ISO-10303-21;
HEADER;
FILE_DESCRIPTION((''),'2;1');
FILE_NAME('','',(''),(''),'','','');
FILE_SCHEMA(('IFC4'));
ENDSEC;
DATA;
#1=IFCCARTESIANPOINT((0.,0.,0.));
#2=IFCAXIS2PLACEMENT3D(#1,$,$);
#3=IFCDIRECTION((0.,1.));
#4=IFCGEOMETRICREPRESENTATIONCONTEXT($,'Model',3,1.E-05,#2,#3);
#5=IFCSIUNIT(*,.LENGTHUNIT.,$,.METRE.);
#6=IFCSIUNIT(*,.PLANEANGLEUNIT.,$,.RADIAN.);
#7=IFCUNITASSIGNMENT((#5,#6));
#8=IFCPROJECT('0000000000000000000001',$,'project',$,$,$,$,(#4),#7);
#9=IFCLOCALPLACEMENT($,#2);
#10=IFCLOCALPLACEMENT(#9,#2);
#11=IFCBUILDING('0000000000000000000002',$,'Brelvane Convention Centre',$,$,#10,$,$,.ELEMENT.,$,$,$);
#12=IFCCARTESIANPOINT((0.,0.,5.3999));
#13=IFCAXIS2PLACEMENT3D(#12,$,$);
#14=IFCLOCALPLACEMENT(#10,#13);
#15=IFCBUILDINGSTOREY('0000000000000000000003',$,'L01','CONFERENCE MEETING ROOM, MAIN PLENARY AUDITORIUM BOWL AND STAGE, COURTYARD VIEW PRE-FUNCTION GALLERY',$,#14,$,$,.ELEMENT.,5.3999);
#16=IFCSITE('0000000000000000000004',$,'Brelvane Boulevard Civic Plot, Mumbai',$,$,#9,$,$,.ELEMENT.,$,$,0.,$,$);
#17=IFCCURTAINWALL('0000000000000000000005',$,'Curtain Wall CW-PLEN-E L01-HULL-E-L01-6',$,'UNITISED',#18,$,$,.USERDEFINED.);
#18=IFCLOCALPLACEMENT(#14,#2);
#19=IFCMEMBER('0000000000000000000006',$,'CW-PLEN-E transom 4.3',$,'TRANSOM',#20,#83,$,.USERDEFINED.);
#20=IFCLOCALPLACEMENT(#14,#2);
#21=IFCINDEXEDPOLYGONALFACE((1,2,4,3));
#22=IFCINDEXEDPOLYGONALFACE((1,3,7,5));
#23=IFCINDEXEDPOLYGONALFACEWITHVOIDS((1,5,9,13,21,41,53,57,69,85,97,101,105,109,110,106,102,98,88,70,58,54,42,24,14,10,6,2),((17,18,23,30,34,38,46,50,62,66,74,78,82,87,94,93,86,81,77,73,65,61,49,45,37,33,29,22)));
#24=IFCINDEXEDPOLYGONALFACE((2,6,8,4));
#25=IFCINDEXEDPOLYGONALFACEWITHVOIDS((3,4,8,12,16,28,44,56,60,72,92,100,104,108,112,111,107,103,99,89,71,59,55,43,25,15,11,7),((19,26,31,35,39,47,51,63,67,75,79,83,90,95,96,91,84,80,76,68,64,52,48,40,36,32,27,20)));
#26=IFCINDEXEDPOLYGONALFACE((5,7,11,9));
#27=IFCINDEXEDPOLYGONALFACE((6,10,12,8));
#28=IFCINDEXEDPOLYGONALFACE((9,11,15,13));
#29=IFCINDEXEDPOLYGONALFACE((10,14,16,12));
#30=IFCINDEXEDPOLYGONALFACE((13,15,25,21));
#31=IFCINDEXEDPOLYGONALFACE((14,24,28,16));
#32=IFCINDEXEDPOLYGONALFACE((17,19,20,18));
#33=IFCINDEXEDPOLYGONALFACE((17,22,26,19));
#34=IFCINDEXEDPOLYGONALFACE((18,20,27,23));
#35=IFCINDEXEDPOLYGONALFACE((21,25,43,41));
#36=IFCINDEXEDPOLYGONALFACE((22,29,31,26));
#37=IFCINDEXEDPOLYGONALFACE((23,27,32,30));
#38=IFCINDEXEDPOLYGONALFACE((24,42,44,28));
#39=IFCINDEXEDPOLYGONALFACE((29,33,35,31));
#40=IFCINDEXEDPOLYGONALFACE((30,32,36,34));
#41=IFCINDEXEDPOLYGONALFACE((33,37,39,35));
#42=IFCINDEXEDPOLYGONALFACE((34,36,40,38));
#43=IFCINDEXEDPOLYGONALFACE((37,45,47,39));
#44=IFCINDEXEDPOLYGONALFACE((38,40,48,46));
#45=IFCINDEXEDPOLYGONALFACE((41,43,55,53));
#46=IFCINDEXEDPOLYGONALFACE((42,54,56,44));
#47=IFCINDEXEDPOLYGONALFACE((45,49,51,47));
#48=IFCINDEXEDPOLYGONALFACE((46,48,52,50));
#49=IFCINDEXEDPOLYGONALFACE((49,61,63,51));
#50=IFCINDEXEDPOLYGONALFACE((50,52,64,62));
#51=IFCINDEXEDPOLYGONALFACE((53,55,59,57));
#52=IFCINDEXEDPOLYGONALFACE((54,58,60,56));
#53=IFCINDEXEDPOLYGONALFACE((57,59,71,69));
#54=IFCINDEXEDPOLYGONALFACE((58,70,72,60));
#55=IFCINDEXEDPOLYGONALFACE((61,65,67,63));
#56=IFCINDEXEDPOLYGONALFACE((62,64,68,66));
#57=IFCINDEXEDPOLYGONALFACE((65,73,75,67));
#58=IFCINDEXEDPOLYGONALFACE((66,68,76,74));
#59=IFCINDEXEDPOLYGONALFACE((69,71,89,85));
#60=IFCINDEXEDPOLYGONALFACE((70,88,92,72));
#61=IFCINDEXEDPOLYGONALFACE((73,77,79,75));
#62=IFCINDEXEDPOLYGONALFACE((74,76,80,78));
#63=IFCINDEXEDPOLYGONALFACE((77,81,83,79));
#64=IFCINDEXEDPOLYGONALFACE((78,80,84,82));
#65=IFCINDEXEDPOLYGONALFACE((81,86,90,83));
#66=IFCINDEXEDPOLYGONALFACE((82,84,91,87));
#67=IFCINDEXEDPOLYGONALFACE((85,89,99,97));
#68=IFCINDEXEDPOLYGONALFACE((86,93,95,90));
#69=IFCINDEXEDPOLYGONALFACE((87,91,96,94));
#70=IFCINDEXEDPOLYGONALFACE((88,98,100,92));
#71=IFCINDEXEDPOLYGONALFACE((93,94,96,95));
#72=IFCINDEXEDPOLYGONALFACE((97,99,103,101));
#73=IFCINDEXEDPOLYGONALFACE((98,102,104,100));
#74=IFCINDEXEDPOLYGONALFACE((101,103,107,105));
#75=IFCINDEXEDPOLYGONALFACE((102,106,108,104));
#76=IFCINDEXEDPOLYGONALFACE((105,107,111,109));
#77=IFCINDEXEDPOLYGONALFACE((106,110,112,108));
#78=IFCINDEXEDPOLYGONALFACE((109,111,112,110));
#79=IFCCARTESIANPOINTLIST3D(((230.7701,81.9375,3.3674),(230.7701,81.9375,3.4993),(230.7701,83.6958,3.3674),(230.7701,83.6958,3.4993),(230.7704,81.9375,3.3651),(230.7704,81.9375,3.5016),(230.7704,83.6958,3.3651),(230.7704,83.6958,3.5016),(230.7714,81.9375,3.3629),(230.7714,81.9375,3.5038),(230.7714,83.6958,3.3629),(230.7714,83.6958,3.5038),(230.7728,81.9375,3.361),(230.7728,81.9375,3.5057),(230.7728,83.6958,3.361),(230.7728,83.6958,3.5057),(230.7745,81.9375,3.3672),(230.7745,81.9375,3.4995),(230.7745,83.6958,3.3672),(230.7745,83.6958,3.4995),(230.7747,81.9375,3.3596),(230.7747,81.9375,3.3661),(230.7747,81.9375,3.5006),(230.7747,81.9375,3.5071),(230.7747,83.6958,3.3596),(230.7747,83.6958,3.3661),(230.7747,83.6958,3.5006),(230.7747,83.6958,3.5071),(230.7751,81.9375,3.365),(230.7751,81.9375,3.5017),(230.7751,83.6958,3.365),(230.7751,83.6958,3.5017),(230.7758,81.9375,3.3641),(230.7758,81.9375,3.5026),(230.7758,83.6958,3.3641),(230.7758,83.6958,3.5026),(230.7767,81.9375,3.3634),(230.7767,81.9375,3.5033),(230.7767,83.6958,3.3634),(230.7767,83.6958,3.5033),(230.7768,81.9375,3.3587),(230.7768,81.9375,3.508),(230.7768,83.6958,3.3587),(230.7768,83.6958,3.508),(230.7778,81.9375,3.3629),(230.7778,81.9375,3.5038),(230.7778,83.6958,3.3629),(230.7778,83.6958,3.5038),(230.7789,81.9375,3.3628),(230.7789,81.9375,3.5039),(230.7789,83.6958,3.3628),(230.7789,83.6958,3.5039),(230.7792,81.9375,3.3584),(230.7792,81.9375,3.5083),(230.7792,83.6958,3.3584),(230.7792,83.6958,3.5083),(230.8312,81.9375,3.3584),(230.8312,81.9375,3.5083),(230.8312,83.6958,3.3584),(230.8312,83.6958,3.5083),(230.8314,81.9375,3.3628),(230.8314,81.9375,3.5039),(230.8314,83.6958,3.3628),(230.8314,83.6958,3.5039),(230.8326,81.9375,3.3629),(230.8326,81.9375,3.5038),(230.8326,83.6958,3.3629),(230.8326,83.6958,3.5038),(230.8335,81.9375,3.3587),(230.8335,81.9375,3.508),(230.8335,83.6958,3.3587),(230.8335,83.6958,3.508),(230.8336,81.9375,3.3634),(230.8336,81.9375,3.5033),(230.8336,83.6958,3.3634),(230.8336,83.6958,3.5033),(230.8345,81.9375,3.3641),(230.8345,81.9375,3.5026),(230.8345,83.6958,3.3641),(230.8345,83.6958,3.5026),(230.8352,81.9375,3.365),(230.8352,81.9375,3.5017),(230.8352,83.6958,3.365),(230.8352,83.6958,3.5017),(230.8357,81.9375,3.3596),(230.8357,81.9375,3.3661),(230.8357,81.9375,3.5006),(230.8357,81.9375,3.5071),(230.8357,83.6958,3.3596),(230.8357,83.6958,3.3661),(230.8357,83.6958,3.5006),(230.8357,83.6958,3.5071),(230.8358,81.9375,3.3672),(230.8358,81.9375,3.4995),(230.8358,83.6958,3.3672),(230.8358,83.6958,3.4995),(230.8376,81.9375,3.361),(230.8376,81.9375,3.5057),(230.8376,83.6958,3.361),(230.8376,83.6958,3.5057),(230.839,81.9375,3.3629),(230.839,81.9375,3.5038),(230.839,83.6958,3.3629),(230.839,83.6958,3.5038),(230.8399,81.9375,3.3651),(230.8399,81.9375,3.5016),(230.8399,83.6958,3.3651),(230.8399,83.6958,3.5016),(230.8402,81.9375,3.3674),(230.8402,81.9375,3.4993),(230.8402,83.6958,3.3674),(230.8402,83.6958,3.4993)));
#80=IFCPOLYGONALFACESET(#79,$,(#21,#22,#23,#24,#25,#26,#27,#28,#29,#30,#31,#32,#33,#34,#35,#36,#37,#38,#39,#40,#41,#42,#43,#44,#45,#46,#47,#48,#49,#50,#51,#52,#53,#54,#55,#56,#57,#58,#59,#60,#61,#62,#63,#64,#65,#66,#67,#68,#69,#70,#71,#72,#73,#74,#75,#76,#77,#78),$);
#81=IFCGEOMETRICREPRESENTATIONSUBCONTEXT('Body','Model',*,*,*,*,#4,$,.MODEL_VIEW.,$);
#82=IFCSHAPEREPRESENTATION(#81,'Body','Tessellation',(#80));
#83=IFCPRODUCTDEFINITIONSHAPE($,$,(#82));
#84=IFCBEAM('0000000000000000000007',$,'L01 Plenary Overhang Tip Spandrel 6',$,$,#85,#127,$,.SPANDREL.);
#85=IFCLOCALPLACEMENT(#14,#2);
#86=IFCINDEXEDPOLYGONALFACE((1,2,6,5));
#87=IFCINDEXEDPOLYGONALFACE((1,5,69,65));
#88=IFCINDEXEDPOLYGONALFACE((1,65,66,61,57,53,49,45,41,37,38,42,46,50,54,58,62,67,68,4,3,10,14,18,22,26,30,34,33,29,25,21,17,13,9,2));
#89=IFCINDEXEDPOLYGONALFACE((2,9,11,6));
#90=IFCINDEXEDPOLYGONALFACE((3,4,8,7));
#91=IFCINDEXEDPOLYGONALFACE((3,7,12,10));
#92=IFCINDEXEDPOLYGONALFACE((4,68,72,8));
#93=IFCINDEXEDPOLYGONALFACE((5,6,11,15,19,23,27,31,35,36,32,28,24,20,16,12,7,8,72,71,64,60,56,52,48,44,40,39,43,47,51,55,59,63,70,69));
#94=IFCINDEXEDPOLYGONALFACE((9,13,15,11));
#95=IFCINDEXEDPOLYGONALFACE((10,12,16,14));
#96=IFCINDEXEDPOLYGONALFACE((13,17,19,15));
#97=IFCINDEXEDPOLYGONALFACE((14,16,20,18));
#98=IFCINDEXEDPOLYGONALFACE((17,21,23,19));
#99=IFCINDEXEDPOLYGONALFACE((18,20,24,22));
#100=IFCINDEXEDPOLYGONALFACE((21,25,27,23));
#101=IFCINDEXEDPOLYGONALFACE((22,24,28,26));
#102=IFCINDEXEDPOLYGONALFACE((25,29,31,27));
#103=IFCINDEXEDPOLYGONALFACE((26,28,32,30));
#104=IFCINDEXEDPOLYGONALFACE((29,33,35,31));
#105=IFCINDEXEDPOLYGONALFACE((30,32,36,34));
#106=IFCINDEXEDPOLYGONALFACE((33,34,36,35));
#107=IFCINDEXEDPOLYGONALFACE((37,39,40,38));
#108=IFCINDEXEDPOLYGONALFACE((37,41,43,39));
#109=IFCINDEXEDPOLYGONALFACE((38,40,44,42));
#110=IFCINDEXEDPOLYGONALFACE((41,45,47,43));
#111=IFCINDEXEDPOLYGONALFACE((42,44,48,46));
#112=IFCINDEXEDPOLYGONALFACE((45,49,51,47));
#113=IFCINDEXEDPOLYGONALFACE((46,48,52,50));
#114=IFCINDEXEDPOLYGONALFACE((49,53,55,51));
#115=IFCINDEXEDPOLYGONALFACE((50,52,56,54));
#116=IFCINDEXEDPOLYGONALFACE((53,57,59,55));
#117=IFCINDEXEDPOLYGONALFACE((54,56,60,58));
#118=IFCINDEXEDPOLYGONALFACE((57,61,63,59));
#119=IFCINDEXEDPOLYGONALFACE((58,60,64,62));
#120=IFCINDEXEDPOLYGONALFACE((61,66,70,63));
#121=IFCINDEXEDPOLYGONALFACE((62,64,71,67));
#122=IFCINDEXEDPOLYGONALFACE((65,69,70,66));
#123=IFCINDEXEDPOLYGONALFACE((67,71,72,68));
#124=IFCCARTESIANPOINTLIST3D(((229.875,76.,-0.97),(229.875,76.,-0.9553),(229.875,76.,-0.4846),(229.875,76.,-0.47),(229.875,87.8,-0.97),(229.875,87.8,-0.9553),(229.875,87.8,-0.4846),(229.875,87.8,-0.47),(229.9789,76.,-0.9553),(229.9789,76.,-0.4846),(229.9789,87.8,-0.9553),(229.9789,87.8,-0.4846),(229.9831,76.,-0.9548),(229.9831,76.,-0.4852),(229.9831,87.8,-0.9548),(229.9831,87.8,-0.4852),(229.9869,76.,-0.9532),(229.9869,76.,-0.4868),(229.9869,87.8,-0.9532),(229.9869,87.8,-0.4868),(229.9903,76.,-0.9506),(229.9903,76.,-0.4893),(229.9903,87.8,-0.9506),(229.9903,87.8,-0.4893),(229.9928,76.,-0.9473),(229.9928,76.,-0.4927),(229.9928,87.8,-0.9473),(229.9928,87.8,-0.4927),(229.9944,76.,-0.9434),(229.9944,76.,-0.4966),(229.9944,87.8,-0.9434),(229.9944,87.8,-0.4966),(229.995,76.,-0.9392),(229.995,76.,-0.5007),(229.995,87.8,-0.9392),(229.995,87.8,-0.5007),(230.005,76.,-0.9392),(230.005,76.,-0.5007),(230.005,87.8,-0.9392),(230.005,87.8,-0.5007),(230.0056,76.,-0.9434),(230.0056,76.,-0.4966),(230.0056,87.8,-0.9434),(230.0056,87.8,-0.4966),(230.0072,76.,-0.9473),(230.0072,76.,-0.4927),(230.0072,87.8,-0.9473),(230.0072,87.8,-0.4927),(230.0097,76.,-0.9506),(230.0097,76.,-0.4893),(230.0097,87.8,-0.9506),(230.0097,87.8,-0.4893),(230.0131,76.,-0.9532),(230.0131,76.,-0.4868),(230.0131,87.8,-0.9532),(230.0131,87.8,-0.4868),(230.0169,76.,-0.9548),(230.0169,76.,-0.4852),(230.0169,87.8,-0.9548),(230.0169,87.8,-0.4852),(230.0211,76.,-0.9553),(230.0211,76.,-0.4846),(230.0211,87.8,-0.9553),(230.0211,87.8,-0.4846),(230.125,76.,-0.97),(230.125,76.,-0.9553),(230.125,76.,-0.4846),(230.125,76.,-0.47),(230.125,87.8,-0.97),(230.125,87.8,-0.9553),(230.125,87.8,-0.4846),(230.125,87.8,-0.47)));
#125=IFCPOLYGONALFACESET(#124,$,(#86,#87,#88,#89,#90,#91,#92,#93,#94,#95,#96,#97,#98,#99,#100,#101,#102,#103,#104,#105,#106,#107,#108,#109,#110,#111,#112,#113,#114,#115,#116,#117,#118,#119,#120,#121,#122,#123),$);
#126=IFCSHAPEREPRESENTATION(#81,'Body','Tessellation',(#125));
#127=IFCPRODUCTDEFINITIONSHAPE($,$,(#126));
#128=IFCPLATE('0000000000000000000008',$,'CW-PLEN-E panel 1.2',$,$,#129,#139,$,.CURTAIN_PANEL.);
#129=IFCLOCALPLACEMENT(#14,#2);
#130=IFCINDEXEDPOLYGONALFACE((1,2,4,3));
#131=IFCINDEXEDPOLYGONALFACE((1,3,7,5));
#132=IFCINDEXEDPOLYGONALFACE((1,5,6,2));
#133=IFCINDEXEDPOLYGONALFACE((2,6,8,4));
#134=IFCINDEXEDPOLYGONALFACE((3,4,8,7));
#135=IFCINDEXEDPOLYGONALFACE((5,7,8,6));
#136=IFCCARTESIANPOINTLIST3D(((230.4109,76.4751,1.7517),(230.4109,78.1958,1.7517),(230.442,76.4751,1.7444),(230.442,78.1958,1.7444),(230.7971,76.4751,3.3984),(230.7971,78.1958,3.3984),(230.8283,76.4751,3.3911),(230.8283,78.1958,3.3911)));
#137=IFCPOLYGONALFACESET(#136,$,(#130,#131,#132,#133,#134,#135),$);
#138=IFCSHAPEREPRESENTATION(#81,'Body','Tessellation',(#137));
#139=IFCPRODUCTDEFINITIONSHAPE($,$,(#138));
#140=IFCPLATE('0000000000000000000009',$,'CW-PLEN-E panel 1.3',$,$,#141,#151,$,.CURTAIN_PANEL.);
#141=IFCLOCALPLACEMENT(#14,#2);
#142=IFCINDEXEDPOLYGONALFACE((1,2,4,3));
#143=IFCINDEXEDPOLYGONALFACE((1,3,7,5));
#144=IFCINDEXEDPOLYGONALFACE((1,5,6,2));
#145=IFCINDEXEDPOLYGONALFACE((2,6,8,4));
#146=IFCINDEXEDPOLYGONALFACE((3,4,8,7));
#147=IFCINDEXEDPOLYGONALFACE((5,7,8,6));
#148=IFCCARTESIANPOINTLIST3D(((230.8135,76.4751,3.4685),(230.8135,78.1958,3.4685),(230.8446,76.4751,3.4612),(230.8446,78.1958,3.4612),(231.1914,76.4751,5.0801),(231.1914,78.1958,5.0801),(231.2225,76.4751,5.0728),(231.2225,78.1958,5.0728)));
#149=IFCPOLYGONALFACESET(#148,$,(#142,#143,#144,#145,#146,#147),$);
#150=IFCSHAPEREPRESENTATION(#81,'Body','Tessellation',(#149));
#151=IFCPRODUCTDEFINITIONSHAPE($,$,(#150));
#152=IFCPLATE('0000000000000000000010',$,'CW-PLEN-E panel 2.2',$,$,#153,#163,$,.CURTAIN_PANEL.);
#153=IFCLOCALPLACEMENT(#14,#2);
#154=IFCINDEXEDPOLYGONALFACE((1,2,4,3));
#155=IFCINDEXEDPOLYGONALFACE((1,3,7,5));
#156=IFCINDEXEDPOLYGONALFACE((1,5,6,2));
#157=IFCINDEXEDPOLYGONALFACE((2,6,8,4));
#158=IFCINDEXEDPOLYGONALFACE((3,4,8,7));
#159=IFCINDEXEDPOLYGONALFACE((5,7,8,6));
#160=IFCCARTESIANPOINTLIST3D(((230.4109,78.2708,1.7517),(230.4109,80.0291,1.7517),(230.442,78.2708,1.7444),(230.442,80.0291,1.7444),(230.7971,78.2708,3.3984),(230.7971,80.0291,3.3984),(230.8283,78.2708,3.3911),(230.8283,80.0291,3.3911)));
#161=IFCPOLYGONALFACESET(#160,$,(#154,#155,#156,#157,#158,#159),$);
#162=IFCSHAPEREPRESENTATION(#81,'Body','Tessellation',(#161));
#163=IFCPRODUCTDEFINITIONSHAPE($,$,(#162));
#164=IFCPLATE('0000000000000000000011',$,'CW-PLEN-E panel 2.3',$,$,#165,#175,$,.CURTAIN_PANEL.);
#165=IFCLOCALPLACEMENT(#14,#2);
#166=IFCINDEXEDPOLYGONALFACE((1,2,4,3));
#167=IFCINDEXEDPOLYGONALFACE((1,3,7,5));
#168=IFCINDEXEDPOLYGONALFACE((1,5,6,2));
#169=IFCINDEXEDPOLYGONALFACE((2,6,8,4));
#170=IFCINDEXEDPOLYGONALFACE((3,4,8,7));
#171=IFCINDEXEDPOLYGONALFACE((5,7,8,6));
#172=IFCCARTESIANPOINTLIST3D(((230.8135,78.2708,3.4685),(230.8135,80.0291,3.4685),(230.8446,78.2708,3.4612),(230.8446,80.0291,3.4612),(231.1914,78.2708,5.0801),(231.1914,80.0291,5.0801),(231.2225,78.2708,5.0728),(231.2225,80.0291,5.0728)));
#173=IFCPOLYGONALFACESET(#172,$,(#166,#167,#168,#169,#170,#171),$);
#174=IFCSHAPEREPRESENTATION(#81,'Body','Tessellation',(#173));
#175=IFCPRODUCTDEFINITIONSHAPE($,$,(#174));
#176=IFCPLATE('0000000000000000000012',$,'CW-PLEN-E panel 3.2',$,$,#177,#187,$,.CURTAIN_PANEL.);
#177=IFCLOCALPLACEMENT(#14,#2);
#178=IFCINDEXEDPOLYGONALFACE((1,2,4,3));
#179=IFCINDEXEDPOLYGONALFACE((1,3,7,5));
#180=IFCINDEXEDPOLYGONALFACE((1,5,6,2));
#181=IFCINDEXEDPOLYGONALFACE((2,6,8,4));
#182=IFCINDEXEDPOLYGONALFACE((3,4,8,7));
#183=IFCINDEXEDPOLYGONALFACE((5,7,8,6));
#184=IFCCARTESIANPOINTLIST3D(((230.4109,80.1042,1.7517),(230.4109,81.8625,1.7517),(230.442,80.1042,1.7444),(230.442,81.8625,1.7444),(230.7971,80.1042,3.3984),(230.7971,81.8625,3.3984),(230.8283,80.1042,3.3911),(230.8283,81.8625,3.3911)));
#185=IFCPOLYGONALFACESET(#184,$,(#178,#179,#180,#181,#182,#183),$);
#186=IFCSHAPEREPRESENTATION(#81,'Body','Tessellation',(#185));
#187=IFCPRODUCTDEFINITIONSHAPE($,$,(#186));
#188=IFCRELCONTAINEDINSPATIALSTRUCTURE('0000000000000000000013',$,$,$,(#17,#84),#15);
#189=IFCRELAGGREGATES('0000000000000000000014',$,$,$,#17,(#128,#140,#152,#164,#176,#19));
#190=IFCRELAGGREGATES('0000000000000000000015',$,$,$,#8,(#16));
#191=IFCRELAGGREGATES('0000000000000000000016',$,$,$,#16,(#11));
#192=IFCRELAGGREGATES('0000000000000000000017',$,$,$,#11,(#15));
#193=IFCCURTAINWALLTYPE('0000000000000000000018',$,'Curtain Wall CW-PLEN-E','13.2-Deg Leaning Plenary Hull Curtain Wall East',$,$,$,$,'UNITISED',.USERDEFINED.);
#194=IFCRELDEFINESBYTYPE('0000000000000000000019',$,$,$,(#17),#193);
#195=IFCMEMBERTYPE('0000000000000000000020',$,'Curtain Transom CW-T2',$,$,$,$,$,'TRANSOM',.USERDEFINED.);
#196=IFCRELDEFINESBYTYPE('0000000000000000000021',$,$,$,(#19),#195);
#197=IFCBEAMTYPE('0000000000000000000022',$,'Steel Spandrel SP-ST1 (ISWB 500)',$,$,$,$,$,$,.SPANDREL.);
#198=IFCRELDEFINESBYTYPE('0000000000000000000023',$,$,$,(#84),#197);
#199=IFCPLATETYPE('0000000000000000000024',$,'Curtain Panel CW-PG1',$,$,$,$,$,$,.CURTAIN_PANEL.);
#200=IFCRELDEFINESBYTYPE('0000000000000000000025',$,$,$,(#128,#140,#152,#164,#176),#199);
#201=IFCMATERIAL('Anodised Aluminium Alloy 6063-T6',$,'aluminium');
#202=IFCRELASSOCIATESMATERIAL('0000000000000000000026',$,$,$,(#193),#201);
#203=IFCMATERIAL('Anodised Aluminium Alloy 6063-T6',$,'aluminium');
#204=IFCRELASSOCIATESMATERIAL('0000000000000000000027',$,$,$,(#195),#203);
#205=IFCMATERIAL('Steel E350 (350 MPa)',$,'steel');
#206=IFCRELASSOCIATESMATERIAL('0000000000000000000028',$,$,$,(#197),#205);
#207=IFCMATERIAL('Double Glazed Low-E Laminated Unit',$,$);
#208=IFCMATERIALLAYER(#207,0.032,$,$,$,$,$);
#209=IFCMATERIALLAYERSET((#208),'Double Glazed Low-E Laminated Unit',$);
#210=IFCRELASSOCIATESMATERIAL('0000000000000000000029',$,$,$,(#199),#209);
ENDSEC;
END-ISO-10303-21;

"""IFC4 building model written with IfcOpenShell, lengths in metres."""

from ifc_helpers import new_model, si_unit, direction, frame, origin, origin_2d, place, context, subcontext, project, spatial, polyline, hollow_rectangle, i_section, outline, extrude, material, layer, layer_set, material_profile, profile_set, type_object, element, aggregate, save


model = new_model("IFC4")

# Units and contexts
model_context = context("Model", 3, precision=1e-05, world=origin(), true_north=direction((0.0, 1.0)))
body_context = subcontext(model_context, "Body", "Model", "MODEL_VIEW")
ifc_project = project(units=[si_unit("LENGTHUNIT", "METRE"), si_unit("PLANEANGLEUNIT", "RADIAN")], contexts=[model_context])

# Site, building, storey
site_placement = place(None, origin())
site = spatial("IfcSite", under=ifc_project, at=site_placement, Name="Brelvane Boulevard Civic Plot, Mumbai", CompositionType="ELEMENT", RefElevation=0.0)
building_placement = place(site_placement, origin())
building = spatial("IfcBuilding", under=site, at=building_placement, Name="Brelvane Convention Centre", CompositionType="ELEMENT")
storey_placement = place(building_placement, frame((0.0, 0.0, 5.3999)))
storey = spatial("IfcBuildingStorey", under=building, at=storey_placement, Name="L01", Description="CONFERENCE MEETING ROOM, MAIN PLENARY AUDITORIUM BOWL AND STAGE, COURTYARD VIEW PRE-FUNCTION GALLERY", CompositionType="ELEMENT", Elevation=5.3999)

# Curtain wall, member
ifc_material_1 = material(Name="Anodised Aluminium Alloy 6063-T6", Category="aluminium")
curtain_wall_type = type_object("IfcCurtainWallType", Name="Curtain Wall CW-PLEN-E", Description="13.2-Deg Leaning Plenary Hull Curtain Wall East", ElementType="UNITISED", PredefinedType="USERDEFINED", material=ifc_material_1)
curtain_wall_placement = place(storey_placement, origin())
curtain_wall = element("IfcCurtainWall", 1, at=curtain_wall_placement, inside=storey, type_object=curtain_wall_type, Name="Curtain Wall CW-PLEN-E L01-HULL-E-L01-6", ObjectType="UNITISED", PredefinedType="USERDEFINED")
ifc_material_2 = material(Name="Anodised Aluminium Alloy 6063-T6", Category="aluminium")
ifc_material_profile_1 = material_profile(ifc_material_2, hollow_rectangle(XDim=0.0701, YDim=0.1499, WallThickness=0.0044, InnerFilletRadius=0.0044, OuterFilletRadius=0.009, at=origin_2d()), Name="ALU-T 150x70x4.5")
ifc_profile_set_1 = profile_set([ifc_material_profile_1], Name="Anodised Aluminium Alloy 6063-T6")
member_type_1 = type_object("IfcMemberType", Name="Curtain Transom CW-T2", ElementType="TRANSOM", PredefinedType="USERDEFINED", material=ifc_profile_set_1)
member_1_placement = place(storey_placement, frame((230.8052, 81.9375, 3.4333), z_axis=(0.0, 1.0, 0.0), x_axis=(-1.0, 0.0, 0.0)))
member_1 = element("IfcMember", 2, at=member_1_placement, type_object=member_type_1, Name="CW-PLEN-E transom 4.3", ObjectType="TRANSOM", PredefinedType="USERDEFINED", context=body_context, shape_type="SweptSolid", body=[
    extrude(hollow_rectangle(XDim=0.0701, YDim=0.1499, WallThickness=0.0044, InnerFilletRadius=0.0044, OuterFilletRadius=0.009, at=origin_2d()), origin(), (0.0, 0.0, 1.0), 1.7583),
])

# Beam
ifc_material_3 = material(Name="Steel E350 (350 MPa)", Category="steel")
ifc_material_profile_2 = material_profile(ifc_material_3, i_section(OverallWidth=0.25, OverallDepth=0.5, WebThickness=0.01, FlangeThickness=0.0146, FilletRadius=0.0161, at=origin_2d()), Name="ISWB 500")
ifc_profile_set_2 = profile_set([ifc_material_profile_2], Name="Steel E350 (350 MPa)")
beam_type = type_object("IfcBeamType", Name="Steel Spandrel SP-ST1 (ISWB 500)", PredefinedType="SPANDREL", material=ifc_profile_set_2)
beam_placement = place(storey_placement, frame((230.0, 76.0, -0.72), z_axis=(0.0, 1.0, 0.0), x_axis=(-1.0, 0.0, 0.0)))
element("IfcBeam", 3, at=beam_placement, inside=storey, type_object=beam_type, Name="L01 Plenary Overhang Tip Spandrel 6", PredefinedType="SPANDREL", context=body_context, shape_type="SweptSolid", body=[
    extrude(i_section(OverallWidth=0.25, OverallDepth=0.5, WebThickness=0.01, FlangeThickness=0.0146, FilletRadius=0.0161, at=origin_2d()), origin(), (0.0, 0.0, 1.0), 11.8),
])

# Plates
ifc_material_4 = material(Name="Double Glazed Low-E Laminated Unit")
ifc_layer_1 = layer(ifc_material_4, 0.032)
ifc_layer_set_1 = layer_set([ifc_layer_1], Name="Double Glazed Low-E Laminated Unit")
plate_type_1 = type_object("IfcPlateType", Name="Curtain Panel CW-PG1", PredefinedType="CURTAIN_PANEL", material=ifc_layer_set_1)
plate_1_placement = place(storey_placement, frame((230.4109, 76.4751, 1.7517), z_axis=(-0.97358, 0.0, 0.228347), x_axis=(0.0, 1.0, 0.0)))
plate_1 = element("IfcPlate", 4, at=plate_1_placement, type_object=plate_type_1, Name="CW-PLEN-E panel 1.2", PredefinedType="CURTAIN_PANEL", context=body_context, shape_type="SweptSolid", body=[
    extrude(outline(polyline([(0.0, 0.0), (1.7207, 0.0), (1.7207, -1.6914), (0.0, -1.6914), (0.0, 0.0)])), origin(), (0.0, 0.0, -1.0), 0.032),
])
plate_2_placement = place(storey_placement, frame((230.8135, 76.4751, 3.4685), z_axis=(-0.973587, 0.0, 0.228316), x_axis=(0.0, 1.0, 0.0)))
plate_2 = element("IfcPlate", 5, at=plate_2_placement, type_object=plate_type_1, Name="CW-PLEN-E panel 1.3", PredefinedType="CURTAIN_PANEL", context=body_context, shape_type="SweptSolid", body=[
    extrude(outline(polyline([(0.0, 0.0), (1.7207, 0.0), (1.7207, -1.6553), (0.0, -1.6553), (0.0, 0.0)])), origin(), (0.0, 0.0, -1.0), 0.032),
])
plate_3_placement = place(storey_placement, frame((230.4109, 78.2708, 1.7517), z_axis=(-0.97358, 0.0, 0.228347), x_axis=(0.0, 1.0, 0.0)))
plate_3 = element("IfcPlate", 6, at=plate_3_placement, type_object=plate_type_1, Name="CW-PLEN-E panel 2.2", PredefinedType="CURTAIN_PANEL", context=body_context, shape_type="SweptSolid", body=[
    extrude(outline(polyline([(0.0, 0.0), (1.7583, 0.0), (1.7583, -1.6914), (0.0, -1.6914), (0.0, 0.0)])), origin(), (0.0, 0.0, -1.0), 0.032),
])
plate_4_placement = place(storey_placement, frame((230.8135, 78.2708, 3.4685), z_axis=(-0.973587, 0.0, 0.228316), x_axis=(0.0, 1.0, 0.0)))
plate_4 = element("IfcPlate", 7, at=plate_4_placement, type_object=plate_type_1, Name="CW-PLEN-E panel 2.3", PredefinedType="CURTAIN_PANEL", context=body_context, shape_type="SweptSolid", body=[
    extrude(outline(polyline([(0.0, 0.0), (1.7583, 0.0), (1.7583, -1.6553), (0.0, -1.6553), (0.0, 0.0)])), origin(), (0.0, 0.0, -1.0), 0.032),
])
plate_5_placement = place(storey_placement, frame((230.4109, 80.1042, 1.7517), z_axis=(-0.97358, 0.0, 0.228347), x_axis=(0.0, 1.0, 0.0)))
plate_5 = element("IfcPlate", 8, at=plate_5_placement, type_object=plate_type_1, Name="CW-PLEN-E panel 3.2", PredefinedType="CURTAIN_PANEL", context=body_context, shape_type="SweptSolid", body=[
    extrude(outline(polyline([(0.0, 0.0), (1.7583, 0.0), (1.7583, -1.6914), (0.0, -1.6914), (0.0, 0.0)])), origin(), (0.0, 0.0, -1.0), 0.032),
])
aggregate(curtain_wall, [plate_1, plate_2, plate_3, plate_4, plate_5, member_1])

save(model, "model.ifc")
